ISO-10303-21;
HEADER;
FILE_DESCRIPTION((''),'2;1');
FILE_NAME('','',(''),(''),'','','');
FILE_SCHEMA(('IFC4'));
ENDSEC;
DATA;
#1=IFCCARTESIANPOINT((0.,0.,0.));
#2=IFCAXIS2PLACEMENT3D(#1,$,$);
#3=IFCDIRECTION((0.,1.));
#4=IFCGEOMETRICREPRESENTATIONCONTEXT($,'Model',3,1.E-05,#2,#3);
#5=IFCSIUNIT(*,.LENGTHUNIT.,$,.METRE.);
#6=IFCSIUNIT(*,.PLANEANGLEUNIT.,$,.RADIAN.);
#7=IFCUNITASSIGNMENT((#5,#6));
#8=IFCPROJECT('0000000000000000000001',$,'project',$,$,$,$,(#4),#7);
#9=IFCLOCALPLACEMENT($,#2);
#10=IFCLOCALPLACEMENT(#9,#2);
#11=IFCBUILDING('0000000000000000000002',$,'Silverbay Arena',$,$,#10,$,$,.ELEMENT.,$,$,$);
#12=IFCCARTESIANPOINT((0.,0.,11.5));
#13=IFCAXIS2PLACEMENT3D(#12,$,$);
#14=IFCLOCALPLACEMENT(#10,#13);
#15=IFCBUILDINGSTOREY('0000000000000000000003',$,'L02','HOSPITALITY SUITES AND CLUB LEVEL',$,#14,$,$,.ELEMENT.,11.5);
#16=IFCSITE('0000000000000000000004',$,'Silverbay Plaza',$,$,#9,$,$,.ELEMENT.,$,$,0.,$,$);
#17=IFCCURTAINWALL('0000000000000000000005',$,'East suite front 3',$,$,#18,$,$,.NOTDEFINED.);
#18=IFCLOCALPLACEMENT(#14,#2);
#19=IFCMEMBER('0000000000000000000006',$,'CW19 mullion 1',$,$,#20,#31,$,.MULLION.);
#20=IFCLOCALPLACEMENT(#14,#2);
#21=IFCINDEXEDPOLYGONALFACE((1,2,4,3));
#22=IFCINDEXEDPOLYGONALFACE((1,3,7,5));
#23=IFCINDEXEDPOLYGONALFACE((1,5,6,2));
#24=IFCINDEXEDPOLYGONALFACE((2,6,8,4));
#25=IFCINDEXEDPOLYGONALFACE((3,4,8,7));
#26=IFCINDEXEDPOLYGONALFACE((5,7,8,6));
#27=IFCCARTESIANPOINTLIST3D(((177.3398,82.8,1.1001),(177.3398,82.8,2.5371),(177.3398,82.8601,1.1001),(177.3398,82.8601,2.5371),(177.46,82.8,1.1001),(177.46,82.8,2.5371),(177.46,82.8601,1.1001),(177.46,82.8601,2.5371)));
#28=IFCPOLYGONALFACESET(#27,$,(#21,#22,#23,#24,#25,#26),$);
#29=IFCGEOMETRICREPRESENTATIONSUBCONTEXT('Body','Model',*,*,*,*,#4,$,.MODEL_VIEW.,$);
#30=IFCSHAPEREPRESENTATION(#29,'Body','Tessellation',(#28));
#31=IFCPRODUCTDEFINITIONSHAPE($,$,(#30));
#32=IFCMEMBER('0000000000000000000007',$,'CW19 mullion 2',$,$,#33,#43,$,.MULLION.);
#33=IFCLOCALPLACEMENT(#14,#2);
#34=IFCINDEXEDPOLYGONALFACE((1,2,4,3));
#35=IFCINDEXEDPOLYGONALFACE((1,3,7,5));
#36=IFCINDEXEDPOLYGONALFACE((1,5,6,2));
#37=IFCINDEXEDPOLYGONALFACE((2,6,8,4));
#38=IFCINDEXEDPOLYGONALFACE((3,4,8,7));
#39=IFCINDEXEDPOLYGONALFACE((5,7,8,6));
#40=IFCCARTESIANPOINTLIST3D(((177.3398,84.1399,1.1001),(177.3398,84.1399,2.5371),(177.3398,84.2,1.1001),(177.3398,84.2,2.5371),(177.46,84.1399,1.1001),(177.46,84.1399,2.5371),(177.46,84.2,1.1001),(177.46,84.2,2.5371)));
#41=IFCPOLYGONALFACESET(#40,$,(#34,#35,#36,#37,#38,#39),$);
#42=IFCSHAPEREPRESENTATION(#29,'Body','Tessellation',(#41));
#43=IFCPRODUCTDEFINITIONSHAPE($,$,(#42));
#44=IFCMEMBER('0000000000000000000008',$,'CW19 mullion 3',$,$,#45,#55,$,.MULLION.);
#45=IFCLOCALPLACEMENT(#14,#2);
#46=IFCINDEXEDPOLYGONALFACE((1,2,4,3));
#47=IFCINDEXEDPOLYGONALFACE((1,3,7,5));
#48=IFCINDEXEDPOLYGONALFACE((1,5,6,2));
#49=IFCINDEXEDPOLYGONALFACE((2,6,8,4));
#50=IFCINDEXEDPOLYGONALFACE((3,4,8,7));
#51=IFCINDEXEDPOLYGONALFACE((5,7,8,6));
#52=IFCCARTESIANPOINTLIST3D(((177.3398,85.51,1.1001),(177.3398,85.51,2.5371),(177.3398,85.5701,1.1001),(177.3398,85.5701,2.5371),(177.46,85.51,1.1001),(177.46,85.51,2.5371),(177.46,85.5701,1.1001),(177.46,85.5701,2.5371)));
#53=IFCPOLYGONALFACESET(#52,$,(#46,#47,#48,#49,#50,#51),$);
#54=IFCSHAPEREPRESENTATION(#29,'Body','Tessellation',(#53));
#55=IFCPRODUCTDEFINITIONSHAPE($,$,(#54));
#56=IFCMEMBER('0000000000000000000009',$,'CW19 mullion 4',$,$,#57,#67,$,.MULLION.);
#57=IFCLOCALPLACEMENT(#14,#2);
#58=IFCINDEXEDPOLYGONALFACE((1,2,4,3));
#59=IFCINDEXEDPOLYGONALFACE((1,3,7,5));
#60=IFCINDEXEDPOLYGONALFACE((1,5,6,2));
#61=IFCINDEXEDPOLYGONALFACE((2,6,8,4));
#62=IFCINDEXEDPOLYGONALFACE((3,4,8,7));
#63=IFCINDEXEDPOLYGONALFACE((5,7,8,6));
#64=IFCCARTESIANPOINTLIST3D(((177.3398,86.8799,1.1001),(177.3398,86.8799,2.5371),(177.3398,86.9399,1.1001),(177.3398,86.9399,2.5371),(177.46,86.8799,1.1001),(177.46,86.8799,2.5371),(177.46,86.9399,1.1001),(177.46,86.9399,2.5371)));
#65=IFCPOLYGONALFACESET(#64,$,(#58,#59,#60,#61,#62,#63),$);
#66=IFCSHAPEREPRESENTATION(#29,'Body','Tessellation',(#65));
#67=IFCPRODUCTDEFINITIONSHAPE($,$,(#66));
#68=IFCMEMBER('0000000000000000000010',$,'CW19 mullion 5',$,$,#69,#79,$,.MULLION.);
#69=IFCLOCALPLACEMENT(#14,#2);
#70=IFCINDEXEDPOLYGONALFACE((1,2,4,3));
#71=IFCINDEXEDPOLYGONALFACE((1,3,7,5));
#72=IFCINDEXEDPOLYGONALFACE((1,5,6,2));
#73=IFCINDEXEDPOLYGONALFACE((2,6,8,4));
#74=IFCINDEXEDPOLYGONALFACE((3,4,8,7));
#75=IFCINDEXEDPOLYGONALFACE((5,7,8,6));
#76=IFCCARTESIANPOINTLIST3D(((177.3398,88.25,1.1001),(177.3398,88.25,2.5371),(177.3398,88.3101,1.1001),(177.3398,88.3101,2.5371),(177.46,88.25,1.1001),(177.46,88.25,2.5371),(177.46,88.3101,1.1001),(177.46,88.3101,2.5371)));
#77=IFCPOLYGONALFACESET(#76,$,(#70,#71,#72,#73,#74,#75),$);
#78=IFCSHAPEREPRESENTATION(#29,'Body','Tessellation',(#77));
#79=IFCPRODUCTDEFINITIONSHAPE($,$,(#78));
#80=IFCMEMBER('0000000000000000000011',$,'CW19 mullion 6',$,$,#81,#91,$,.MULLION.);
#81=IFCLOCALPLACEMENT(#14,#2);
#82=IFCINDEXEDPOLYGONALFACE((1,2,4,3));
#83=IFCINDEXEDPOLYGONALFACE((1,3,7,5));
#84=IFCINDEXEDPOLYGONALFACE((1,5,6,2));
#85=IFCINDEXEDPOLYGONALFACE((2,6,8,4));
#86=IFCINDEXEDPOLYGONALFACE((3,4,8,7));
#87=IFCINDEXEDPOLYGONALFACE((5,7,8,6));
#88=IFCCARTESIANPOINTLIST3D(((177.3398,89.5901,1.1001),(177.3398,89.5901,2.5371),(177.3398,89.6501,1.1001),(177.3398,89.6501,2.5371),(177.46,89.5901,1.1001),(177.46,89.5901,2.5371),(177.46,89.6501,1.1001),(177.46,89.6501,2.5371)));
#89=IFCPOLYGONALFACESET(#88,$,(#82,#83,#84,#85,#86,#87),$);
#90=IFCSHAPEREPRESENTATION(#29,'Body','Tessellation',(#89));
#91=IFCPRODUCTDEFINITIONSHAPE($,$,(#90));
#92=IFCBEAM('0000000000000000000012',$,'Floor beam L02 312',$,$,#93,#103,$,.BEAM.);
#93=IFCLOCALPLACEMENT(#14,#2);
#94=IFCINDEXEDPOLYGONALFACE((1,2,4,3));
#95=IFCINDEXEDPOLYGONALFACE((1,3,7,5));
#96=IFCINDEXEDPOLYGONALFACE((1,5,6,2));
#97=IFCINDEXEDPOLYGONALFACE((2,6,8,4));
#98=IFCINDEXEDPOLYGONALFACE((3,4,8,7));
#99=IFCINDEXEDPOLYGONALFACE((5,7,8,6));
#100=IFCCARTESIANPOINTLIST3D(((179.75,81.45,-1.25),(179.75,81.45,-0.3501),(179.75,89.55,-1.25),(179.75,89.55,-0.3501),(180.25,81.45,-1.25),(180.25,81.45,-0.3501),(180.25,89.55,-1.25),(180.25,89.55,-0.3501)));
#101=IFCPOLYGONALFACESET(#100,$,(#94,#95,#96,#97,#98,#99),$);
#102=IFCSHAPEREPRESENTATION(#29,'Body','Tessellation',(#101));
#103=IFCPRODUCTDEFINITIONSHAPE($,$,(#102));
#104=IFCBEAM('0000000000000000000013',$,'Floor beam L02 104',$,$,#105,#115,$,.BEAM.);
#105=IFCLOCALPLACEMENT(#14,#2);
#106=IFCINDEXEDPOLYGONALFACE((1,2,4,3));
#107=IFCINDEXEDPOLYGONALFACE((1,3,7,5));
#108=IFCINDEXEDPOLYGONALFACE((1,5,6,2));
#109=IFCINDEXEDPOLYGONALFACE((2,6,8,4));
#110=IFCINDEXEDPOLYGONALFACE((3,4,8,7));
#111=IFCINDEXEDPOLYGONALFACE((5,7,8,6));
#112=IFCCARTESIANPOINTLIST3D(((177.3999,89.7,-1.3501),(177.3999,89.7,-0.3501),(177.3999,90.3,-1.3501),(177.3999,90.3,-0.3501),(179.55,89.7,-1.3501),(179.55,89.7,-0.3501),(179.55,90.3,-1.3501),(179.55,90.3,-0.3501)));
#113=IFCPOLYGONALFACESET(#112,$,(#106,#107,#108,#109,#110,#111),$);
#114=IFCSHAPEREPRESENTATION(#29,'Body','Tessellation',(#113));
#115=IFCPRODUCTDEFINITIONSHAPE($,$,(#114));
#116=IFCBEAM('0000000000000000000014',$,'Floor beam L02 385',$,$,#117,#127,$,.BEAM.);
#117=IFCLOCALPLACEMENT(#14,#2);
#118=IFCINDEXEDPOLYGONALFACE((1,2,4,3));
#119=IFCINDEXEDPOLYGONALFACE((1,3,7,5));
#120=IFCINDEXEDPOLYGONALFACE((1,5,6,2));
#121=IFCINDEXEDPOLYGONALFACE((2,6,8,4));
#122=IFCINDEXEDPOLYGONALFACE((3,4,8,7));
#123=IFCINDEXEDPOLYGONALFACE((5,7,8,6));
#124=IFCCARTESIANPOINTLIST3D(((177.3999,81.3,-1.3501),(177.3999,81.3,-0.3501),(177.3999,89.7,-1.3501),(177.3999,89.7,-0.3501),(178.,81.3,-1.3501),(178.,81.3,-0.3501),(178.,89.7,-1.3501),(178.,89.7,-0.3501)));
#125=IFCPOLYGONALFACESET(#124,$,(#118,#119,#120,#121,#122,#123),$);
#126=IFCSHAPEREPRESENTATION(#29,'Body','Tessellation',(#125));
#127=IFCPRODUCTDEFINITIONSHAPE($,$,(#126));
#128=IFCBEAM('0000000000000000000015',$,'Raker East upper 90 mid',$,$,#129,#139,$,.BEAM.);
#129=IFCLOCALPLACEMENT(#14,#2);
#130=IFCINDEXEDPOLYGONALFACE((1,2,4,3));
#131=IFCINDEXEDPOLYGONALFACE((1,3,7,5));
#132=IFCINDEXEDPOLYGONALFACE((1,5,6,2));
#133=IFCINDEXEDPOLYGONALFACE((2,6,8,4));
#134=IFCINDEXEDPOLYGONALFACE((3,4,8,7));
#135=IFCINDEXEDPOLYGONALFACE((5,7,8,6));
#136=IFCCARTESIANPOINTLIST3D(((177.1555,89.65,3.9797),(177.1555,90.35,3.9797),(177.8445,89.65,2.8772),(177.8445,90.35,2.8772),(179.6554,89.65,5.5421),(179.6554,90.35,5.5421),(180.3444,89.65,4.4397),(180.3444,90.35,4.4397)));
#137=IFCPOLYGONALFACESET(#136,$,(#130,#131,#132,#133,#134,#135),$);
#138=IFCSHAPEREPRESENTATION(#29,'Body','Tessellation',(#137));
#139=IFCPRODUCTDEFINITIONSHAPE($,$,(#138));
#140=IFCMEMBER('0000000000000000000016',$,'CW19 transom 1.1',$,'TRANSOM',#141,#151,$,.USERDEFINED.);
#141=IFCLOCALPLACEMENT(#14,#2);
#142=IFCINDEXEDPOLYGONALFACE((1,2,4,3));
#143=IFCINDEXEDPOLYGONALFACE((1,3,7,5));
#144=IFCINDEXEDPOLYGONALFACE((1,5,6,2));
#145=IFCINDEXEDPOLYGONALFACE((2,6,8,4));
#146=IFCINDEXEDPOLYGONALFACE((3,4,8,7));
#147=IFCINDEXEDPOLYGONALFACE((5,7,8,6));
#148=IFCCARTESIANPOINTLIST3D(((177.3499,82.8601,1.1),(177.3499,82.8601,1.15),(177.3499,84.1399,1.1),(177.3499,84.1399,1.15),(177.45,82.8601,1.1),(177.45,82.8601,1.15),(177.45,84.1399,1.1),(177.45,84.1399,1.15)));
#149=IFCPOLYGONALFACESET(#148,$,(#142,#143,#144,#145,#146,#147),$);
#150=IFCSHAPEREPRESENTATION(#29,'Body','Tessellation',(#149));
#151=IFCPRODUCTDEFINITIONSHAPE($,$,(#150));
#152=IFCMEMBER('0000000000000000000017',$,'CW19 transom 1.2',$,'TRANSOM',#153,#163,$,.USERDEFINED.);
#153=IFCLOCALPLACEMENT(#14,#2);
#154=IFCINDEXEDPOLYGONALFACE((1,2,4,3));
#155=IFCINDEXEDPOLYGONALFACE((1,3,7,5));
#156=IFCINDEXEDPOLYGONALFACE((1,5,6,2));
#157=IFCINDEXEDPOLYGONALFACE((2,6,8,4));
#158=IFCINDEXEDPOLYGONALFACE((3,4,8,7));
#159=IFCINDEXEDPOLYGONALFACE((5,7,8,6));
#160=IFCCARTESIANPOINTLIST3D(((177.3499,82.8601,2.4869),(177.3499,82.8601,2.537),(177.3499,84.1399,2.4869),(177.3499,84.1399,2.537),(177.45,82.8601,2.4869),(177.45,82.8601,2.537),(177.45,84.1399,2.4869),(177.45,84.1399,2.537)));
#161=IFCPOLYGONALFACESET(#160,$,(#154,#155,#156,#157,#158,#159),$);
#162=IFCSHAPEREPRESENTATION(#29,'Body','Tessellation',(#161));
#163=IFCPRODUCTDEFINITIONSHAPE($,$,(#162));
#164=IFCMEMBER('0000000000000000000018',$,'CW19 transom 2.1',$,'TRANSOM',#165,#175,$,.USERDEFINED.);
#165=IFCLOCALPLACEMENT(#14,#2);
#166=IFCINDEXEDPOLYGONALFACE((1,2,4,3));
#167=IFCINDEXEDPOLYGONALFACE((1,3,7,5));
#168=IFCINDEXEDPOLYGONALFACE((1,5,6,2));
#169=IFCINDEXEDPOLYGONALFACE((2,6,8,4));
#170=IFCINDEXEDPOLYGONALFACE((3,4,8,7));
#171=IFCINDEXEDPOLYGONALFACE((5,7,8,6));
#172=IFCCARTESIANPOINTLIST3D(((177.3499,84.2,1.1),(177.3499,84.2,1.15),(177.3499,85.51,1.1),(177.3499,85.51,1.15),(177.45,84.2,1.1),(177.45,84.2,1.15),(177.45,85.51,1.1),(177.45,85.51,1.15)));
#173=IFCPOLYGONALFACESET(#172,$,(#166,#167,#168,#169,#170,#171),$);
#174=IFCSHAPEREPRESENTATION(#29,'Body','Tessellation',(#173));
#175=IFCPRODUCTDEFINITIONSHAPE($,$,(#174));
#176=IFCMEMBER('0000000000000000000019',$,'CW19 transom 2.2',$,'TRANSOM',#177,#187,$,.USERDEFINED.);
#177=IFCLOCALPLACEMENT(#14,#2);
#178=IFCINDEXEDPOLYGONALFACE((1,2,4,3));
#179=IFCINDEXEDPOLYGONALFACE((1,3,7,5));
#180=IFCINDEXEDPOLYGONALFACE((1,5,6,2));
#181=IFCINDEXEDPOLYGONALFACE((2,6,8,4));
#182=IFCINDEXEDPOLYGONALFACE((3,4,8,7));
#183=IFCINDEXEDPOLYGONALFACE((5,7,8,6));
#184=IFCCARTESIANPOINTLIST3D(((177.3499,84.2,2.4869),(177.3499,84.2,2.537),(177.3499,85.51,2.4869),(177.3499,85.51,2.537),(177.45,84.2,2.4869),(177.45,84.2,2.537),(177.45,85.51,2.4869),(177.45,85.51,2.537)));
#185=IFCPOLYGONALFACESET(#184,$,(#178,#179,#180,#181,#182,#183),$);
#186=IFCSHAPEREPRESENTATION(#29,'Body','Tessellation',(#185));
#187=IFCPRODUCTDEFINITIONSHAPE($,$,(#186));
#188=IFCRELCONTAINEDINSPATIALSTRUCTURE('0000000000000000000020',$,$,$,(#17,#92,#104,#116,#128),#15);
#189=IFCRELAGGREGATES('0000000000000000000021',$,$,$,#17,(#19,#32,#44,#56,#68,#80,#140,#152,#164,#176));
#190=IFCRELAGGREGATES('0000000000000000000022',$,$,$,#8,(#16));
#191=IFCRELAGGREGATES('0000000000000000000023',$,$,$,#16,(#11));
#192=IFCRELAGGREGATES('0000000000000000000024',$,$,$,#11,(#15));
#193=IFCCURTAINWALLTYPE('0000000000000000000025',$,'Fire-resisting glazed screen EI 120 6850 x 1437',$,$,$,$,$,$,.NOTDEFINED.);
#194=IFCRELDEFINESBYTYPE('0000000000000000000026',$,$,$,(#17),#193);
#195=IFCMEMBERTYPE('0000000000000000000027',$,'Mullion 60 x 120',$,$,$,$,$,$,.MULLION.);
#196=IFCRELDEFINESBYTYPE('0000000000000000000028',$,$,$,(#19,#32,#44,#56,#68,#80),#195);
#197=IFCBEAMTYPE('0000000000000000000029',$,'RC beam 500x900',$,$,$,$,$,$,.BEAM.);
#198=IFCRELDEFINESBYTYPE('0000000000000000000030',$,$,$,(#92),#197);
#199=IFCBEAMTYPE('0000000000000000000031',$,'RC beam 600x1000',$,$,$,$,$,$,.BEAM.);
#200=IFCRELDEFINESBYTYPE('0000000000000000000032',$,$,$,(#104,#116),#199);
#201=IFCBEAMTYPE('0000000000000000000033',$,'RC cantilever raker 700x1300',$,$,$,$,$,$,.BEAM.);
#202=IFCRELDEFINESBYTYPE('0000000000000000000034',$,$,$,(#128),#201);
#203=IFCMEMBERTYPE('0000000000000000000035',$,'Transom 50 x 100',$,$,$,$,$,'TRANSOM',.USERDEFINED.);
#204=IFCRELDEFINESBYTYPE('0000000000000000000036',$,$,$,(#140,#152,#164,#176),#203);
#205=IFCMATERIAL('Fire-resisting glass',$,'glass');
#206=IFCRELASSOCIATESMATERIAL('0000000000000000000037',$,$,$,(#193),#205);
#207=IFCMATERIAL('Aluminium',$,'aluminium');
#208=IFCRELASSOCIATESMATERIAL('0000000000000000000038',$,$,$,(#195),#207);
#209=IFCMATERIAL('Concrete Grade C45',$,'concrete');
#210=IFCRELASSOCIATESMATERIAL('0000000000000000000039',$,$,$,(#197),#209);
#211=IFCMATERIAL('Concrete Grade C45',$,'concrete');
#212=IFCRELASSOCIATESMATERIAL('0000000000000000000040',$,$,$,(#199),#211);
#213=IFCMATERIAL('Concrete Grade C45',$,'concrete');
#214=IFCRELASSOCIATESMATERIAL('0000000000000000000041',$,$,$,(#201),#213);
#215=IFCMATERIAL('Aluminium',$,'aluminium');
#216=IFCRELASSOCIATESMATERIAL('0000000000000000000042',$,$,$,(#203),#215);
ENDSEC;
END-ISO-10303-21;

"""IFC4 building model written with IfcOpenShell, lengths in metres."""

from ifc_helpers import new_model, si_unit, direction, frame, origin, origin_2d, place, context, subcontext, project, spatial, rectangle, extrude, material, material_profile, profile_set, type_object, element, aggregate, save


model = new_model("IFC4")

# Units and contexts
model_context = context("Model", 3, precision=1e-05, world=origin(), true_north=direction((0.0, 1.0)))
body_context = subcontext(model_context, "Body", "Model", "MODEL_VIEW")
ifc_project = project(units=[si_unit("LENGTHUNIT", "METRE"), si_unit("PLANEANGLEUNIT", "RADIAN")], contexts=[model_context])

# Site, building, storey
site_placement = place(None, origin())
site = spatial("IfcSite", under=ifc_project, at=site_placement, Name="Silverbay Plaza", CompositionType="ELEMENT", RefElevation=0.0)
building_placement = place(site_placement, origin())
building = spatial("IfcBuilding", under=site, at=building_placement, Name="Silverbay Arena", CompositionType="ELEMENT")
storey_placement = place(building_placement, frame((0.0, 0.0, 11.5)))
storey = spatial("IfcBuildingStorey", under=building, at=storey_placement, Name="L02", Description="HOSPITALITY SUITES AND CLUB LEVEL", CompositionType="ELEMENT", Elevation=11.5)

# Curtain wall, members
ifc_material_1 = material(Name="Fire-resisting glass", Category="glass")
curtain_wall_type = type_object("IfcCurtainWallType", Name="Fire-resisting glazed screen EI 120 6850 x 1437", PredefinedType="NOTDEFINED", material=ifc_material_1)
curtain_wall_placement = place(storey_placement, origin())
curtain_wall = element("IfcCurtainWall", 1, at=curtain_wall_placement, inside=storey, type_object=curtain_wall_type, Name="East suite front 3", PredefinedType="NOTDEFINED")
ifc_material_2 = material(Name="Aluminium", Category="aluminium")
ifc_material_profile_1 = material_profile(ifc_material_2, rectangle(XDim=0.1201, YDim=0.0601, at=origin_2d()), Name="Mullion 60 x 120")
ifc_profile_set_1 = profile_set([ifc_material_profile_1], Name="Aluminium")
member_type_1 = type_object("IfcMemberType", Name="Mullion 60 x 120", PredefinedType="MULLION", material=ifc_profile_set_1)
member_1_placement = place(storey_placement, frame((177.3999, 82.8301, 1.1001), z_axis=(0.0, 0.0, 1.0), x_axis=(-1.0, 0.0, 0.0)))
member_1 = element("IfcMember", 2, at=member_1_placement, type_object=member_type_1, Name="CW19 mullion 1", PredefinedType="MULLION", context=body_context, shape_type="SweptSolid", body=[
    extrude(rectangle(XDim=0.1201, YDim=0.0601, at=origin_2d()), origin(), (0.0, 0.0, 1.0), 1.437),
])
member_2_placement = place(storey_placement, frame((177.3999, 84.1699, 1.1001), z_axis=(0.0, 0.0, 1.0), x_axis=(-1.0, 0.0, 0.0)))
member_2 = element("IfcMember", 3, at=member_2_placement, type_object=member_type_1, Name="CW19 mullion 2", PredefinedType="MULLION", context=body_context, shape_type="SweptSolid", body=[
    extrude(rectangle(XDim=0.1201, YDim=0.0601, at=origin_2d()), origin(), (0.0, 0.0, 1.0), 1.437),
])
member_3_placement = place(storey_placement, frame((177.3999, 85.54, 1.1001), z_axis=(0.0, 0.0, 1.0), x_axis=(-1.0, 0.0, 0.0)))
member_3 = element("IfcMember", 4, at=member_3_placement, type_object=member_type_1, Name="CW19 mullion 3", PredefinedType="MULLION", context=body_context, shape_type="SweptSolid", body=[
    extrude(rectangle(XDim=0.1201, YDim=0.0601, at=origin_2d()), origin(), (0.0, 0.0, 1.0), 1.437),
])
member_4_placement = place(storey_placement, frame((177.3999, 86.9099, 1.1001), z_axis=(0.0, 0.0, 1.0), x_axis=(-1.0, 0.0, 0.0)))
member_4 = element("IfcMember", 5, at=member_4_placement, type_object=member_type_1, Name="CW19 mullion 4", PredefinedType="MULLION", context=body_context, shape_type="SweptSolid", body=[
    extrude(rectangle(XDim=0.1201, YDim=0.0601, at=origin_2d()), origin(), (0.0, 0.0, 1.0), 1.437),
])
member_5_placement = place(storey_placement, frame((177.3999, 88.28, 1.1001), z_axis=(0.0, 0.0, 1.0), x_axis=(-1.0, 0.0, 0.0)))
member_5 = element("IfcMember", 6, at=member_5_placement, type_object=member_type_1, Name="CW19 mullion 5", PredefinedType="MULLION", context=body_context, shape_type="SweptSolid", body=[
    extrude(rectangle(XDim=0.1201, YDim=0.0601, at=origin_2d()), origin(), (0.0, 0.0, 1.0), 1.437),
])
member_6_placement = place(storey_placement, frame((177.3999, 89.6201, 1.1001), z_axis=(0.0, 0.0, 1.0), x_axis=(-1.0, 0.0, 0.0)))
member_6 = element("IfcMember", 7, at=member_6_placement, type_object=member_type_1, Name="CW19 mullion 6", PredefinedType="MULLION", context=body_context, shape_type="SweptSolid", body=[
    extrude(rectangle(XDim=0.1201, YDim=0.0601, at=origin_2d()), origin(), (0.0, 0.0, 1.0), 1.437),
])

# Beams
ifc_material_3 = material(Name="Concrete Grade C45", Category="concrete")
ifc_material_profile_2 = material_profile(ifc_material_3, rectangle(XDim=0.5, YDim=0.8999, at=origin_2d()), Name="RC 500x900")
ifc_profile_set_2 = profile_set([ifc_material_profile_2], Name="Concrete Grade C45")
beam_type_1 = type_object("IfcBeamType", Name="RC beam 500x900", PredefinedType="BEAM", material=ifc_profile_set_2)
beam_1_placement = place(storey_placement, frame((180.0, 81.45, -0.8), z_axis=(0.0, 1.0, 0.0), x_axis=(-1.0, 0.0, 0.0)))
element("IfcBeam", 8, at=beam_1_placement, inside=storey, type_object=beam_type_1, Name="Floor beam L02 312", PredefinedType="BEAM", context=body_context, shape_type="SweptSolid", body=[
    extrude(rectangle(XDim=0.5, YDim=0.8999, at=origin_2d()), origin(), (0.0, 0.0, 1.0), 8.1001),
])
ifc_material_4 = material(Name="Concrete Grade C45", Category="concrete")
ifc_material_profile_3 = material_profile(ifc_material_4, rectangle(XDim=0.6001, YDim=1.0, at=origin_2d()), Name="RC 600x1000")
ifc_profile_set_3 = profile_set([ifc_material_profile_3], Name="Concrete Grade C45")
beam_type_2 = type_object("IfcBeamType", Name="RC beam 600x1000", PredefinedType="BEAM", material=ifc_profile_set_3)
beam_2_placement = place(storey_placement, frame((177.3999, 90.0, -0.8501), z_axis=(1.0, 0.0, 0.0), x_axis=(0.0, 1.0, 0.0)))
element("IfcBeam", 9, at=beam_2_placement, inside=storey, type_object=beam_type_2, Name="Floor beam L02 104", PredefinedType="BEAM", context=body_context, shape_type="SweptSolid", body=[
    extrude(rectangle(XDim=0.6001, YDim=1.0, at=origin_2d()), origin(), (0.0, 0.0, 1.0), 2.1501),
])
beam_3_placement = place(storey_placement, frame((177.7, 81.3, -0.8501), z_axis=(0.0, 1.0, 0.0), x_axis=(-1.0, 0.0, 0.0)))
element("IfcBeam", 10, at=beam_3_placement, inside=storey, type_object=beam_type_2, Name="Floor beam L02 385", PredefinedType="BEAM", context=body_context, shape_type="SweptSolid", body=[
    extrude(rectangle(XDim=0.6001, YDim=1.0, at=origin_2d()), origin(), (0.0, 0.0, 1.0), 8.3999),
])
ifc_material_5 = material(Name="Concrete Grade C45", Category="concrete")
ifc_material_profile_4 = material_profile(ifc_material_5, rectangle(XDim=0.7, YDim=1.3, at=origin_2d()), Name="RC 700x1300")
ifc_profile_set_4 = profile_set([ifc_material_profile_4], Name="Concrete Grade C45")
beam_type_3 = type_object("IfcBeamType", Name="RC cantilever raker 700x1300", PredefinedType="BEAM", material=ifc_profile_set_4)
beam_4_placement = place(storey_placement, frame((177.5, 90.0, 3.4285), z_axis=(0.847998, 0.0, 0.529999), x_axis=(0.0, 1.0, 0.0)))
element("IfcBeam", 11, at=beam_4_placement, inside=storey, type_object=beam_type_3, Name="Raker East upper 90 mid", PredefinedType="BEAM", context=body_context, shape_type="SweptSolid", body=[
    extrude(rectangle(XDim=0.7, YDim=1.3, at=origin_2d()), origin(), (0.0, 0.0, 1.0), 2.948),
])

# Members
ifc_material_6 = material(Name="Aluminium", Category="aluminium")
ifc_material_profile_5 = material_profile(ifc_material_6, rectangle(XDim=0.1001, YDim=0.05, at=origin_2d()), Name="Transom 50 x 100")
ifc_profile_set_5 = profile_set([ifc_material_profile_5], Name="Aluminium")
member_type_2 = type_object("IfcMemberType", Name="Transom 50 x 100", ElementType="TRANSOM", PredefinedType="USERDEFINED", material=ifc_profile_set_5)
member_7_placement = place(storey_placement, frame((177.3999, 82.8601, 1.125), z_axis=(0.0, 1.0, 0.0), x_axis=(-1.0, 0.0, 0.0)))
member_7 = element("IfcMember", 12, at=member_7_placement, type_object=member_type_2, Name="CW19 transom 1.1", ObjectType="TRANSOM", PredefinedType="USERDEFINED", context=body_context, shape_type="SweptSolid", body=[
    extrude(rectangle(XDim=0.1001, YDim=0.05, at=origin_2d()), origin(), (0.0, 0.0, 1.0), 1.2798),
])
member_8_placement = place(storey_placement, frame((177.3999, 82.8601, 2.512), z_axis=(0.0, 1.0, 0.0), x_axis=(-1.0, 0.0, 0.0)))
member_8 = element("IfcMember", 13, at=member_8_placement, type_object=member_type_2, Name="CW19 transom 1.2", ObjectType="TRANSOM", PredefinedType="USERDEFINED", context=body_context, shape_type="SweptSolid", body=[
    extrude(rectangle(XDim=0.1001, YDim=0.05, at=origin_2d()), origin(), (0.0, 0.0, 1.0), 1.2798),
])
member_9_placement = place(storey_placement, frame((177.3999, 84.2, 1.125), z_axis=(0.0, 1.0, 0.0), x_axis=(-1.0, 0.0, 0.0)))
member_9 = element("IfcMember", 14, at=member_9_placement, type_object=member_type_2, Name="CW19 transom 2.1", ObjectType="TRANSOM", PredefinedType="USERDEFINED", context=body_context, shape_type="SweptSolid", body=[
    extrude(rectangle(XDim=0.1001, YDim=0.05, at=origin_2d()), origin(), (0.0, 0.0, 1.0), 1.3101),
])
member_10_placement = place(storey_placement, frame((177.3999, 84.2, 2.512), z_axis=(0.0, 1.0, 0.0), x_axis=(-1.0, 0.0, 0.0)))
member_10 = element("IfcMember", 15, at=member_10_placement, type_object=member_type_2, Name="CW19 transom 2.2", ObjectType="TRANSOM", PredefinedType="USERDEFINED", context=body_context, shape_type="SweptSolid", body=[
    extrude(rectangle(XDim=0.1001, YDim=0.05, at=origin_2d()), origin(), (0.0, 0.0, 1.0), 1.3101),
])

aggregate(curtain_wall, [member_1, member_2, member_3, member_4, member_5, member_6, member_7, member_8, member_9, member_10])

save(model, "model.ifc")
